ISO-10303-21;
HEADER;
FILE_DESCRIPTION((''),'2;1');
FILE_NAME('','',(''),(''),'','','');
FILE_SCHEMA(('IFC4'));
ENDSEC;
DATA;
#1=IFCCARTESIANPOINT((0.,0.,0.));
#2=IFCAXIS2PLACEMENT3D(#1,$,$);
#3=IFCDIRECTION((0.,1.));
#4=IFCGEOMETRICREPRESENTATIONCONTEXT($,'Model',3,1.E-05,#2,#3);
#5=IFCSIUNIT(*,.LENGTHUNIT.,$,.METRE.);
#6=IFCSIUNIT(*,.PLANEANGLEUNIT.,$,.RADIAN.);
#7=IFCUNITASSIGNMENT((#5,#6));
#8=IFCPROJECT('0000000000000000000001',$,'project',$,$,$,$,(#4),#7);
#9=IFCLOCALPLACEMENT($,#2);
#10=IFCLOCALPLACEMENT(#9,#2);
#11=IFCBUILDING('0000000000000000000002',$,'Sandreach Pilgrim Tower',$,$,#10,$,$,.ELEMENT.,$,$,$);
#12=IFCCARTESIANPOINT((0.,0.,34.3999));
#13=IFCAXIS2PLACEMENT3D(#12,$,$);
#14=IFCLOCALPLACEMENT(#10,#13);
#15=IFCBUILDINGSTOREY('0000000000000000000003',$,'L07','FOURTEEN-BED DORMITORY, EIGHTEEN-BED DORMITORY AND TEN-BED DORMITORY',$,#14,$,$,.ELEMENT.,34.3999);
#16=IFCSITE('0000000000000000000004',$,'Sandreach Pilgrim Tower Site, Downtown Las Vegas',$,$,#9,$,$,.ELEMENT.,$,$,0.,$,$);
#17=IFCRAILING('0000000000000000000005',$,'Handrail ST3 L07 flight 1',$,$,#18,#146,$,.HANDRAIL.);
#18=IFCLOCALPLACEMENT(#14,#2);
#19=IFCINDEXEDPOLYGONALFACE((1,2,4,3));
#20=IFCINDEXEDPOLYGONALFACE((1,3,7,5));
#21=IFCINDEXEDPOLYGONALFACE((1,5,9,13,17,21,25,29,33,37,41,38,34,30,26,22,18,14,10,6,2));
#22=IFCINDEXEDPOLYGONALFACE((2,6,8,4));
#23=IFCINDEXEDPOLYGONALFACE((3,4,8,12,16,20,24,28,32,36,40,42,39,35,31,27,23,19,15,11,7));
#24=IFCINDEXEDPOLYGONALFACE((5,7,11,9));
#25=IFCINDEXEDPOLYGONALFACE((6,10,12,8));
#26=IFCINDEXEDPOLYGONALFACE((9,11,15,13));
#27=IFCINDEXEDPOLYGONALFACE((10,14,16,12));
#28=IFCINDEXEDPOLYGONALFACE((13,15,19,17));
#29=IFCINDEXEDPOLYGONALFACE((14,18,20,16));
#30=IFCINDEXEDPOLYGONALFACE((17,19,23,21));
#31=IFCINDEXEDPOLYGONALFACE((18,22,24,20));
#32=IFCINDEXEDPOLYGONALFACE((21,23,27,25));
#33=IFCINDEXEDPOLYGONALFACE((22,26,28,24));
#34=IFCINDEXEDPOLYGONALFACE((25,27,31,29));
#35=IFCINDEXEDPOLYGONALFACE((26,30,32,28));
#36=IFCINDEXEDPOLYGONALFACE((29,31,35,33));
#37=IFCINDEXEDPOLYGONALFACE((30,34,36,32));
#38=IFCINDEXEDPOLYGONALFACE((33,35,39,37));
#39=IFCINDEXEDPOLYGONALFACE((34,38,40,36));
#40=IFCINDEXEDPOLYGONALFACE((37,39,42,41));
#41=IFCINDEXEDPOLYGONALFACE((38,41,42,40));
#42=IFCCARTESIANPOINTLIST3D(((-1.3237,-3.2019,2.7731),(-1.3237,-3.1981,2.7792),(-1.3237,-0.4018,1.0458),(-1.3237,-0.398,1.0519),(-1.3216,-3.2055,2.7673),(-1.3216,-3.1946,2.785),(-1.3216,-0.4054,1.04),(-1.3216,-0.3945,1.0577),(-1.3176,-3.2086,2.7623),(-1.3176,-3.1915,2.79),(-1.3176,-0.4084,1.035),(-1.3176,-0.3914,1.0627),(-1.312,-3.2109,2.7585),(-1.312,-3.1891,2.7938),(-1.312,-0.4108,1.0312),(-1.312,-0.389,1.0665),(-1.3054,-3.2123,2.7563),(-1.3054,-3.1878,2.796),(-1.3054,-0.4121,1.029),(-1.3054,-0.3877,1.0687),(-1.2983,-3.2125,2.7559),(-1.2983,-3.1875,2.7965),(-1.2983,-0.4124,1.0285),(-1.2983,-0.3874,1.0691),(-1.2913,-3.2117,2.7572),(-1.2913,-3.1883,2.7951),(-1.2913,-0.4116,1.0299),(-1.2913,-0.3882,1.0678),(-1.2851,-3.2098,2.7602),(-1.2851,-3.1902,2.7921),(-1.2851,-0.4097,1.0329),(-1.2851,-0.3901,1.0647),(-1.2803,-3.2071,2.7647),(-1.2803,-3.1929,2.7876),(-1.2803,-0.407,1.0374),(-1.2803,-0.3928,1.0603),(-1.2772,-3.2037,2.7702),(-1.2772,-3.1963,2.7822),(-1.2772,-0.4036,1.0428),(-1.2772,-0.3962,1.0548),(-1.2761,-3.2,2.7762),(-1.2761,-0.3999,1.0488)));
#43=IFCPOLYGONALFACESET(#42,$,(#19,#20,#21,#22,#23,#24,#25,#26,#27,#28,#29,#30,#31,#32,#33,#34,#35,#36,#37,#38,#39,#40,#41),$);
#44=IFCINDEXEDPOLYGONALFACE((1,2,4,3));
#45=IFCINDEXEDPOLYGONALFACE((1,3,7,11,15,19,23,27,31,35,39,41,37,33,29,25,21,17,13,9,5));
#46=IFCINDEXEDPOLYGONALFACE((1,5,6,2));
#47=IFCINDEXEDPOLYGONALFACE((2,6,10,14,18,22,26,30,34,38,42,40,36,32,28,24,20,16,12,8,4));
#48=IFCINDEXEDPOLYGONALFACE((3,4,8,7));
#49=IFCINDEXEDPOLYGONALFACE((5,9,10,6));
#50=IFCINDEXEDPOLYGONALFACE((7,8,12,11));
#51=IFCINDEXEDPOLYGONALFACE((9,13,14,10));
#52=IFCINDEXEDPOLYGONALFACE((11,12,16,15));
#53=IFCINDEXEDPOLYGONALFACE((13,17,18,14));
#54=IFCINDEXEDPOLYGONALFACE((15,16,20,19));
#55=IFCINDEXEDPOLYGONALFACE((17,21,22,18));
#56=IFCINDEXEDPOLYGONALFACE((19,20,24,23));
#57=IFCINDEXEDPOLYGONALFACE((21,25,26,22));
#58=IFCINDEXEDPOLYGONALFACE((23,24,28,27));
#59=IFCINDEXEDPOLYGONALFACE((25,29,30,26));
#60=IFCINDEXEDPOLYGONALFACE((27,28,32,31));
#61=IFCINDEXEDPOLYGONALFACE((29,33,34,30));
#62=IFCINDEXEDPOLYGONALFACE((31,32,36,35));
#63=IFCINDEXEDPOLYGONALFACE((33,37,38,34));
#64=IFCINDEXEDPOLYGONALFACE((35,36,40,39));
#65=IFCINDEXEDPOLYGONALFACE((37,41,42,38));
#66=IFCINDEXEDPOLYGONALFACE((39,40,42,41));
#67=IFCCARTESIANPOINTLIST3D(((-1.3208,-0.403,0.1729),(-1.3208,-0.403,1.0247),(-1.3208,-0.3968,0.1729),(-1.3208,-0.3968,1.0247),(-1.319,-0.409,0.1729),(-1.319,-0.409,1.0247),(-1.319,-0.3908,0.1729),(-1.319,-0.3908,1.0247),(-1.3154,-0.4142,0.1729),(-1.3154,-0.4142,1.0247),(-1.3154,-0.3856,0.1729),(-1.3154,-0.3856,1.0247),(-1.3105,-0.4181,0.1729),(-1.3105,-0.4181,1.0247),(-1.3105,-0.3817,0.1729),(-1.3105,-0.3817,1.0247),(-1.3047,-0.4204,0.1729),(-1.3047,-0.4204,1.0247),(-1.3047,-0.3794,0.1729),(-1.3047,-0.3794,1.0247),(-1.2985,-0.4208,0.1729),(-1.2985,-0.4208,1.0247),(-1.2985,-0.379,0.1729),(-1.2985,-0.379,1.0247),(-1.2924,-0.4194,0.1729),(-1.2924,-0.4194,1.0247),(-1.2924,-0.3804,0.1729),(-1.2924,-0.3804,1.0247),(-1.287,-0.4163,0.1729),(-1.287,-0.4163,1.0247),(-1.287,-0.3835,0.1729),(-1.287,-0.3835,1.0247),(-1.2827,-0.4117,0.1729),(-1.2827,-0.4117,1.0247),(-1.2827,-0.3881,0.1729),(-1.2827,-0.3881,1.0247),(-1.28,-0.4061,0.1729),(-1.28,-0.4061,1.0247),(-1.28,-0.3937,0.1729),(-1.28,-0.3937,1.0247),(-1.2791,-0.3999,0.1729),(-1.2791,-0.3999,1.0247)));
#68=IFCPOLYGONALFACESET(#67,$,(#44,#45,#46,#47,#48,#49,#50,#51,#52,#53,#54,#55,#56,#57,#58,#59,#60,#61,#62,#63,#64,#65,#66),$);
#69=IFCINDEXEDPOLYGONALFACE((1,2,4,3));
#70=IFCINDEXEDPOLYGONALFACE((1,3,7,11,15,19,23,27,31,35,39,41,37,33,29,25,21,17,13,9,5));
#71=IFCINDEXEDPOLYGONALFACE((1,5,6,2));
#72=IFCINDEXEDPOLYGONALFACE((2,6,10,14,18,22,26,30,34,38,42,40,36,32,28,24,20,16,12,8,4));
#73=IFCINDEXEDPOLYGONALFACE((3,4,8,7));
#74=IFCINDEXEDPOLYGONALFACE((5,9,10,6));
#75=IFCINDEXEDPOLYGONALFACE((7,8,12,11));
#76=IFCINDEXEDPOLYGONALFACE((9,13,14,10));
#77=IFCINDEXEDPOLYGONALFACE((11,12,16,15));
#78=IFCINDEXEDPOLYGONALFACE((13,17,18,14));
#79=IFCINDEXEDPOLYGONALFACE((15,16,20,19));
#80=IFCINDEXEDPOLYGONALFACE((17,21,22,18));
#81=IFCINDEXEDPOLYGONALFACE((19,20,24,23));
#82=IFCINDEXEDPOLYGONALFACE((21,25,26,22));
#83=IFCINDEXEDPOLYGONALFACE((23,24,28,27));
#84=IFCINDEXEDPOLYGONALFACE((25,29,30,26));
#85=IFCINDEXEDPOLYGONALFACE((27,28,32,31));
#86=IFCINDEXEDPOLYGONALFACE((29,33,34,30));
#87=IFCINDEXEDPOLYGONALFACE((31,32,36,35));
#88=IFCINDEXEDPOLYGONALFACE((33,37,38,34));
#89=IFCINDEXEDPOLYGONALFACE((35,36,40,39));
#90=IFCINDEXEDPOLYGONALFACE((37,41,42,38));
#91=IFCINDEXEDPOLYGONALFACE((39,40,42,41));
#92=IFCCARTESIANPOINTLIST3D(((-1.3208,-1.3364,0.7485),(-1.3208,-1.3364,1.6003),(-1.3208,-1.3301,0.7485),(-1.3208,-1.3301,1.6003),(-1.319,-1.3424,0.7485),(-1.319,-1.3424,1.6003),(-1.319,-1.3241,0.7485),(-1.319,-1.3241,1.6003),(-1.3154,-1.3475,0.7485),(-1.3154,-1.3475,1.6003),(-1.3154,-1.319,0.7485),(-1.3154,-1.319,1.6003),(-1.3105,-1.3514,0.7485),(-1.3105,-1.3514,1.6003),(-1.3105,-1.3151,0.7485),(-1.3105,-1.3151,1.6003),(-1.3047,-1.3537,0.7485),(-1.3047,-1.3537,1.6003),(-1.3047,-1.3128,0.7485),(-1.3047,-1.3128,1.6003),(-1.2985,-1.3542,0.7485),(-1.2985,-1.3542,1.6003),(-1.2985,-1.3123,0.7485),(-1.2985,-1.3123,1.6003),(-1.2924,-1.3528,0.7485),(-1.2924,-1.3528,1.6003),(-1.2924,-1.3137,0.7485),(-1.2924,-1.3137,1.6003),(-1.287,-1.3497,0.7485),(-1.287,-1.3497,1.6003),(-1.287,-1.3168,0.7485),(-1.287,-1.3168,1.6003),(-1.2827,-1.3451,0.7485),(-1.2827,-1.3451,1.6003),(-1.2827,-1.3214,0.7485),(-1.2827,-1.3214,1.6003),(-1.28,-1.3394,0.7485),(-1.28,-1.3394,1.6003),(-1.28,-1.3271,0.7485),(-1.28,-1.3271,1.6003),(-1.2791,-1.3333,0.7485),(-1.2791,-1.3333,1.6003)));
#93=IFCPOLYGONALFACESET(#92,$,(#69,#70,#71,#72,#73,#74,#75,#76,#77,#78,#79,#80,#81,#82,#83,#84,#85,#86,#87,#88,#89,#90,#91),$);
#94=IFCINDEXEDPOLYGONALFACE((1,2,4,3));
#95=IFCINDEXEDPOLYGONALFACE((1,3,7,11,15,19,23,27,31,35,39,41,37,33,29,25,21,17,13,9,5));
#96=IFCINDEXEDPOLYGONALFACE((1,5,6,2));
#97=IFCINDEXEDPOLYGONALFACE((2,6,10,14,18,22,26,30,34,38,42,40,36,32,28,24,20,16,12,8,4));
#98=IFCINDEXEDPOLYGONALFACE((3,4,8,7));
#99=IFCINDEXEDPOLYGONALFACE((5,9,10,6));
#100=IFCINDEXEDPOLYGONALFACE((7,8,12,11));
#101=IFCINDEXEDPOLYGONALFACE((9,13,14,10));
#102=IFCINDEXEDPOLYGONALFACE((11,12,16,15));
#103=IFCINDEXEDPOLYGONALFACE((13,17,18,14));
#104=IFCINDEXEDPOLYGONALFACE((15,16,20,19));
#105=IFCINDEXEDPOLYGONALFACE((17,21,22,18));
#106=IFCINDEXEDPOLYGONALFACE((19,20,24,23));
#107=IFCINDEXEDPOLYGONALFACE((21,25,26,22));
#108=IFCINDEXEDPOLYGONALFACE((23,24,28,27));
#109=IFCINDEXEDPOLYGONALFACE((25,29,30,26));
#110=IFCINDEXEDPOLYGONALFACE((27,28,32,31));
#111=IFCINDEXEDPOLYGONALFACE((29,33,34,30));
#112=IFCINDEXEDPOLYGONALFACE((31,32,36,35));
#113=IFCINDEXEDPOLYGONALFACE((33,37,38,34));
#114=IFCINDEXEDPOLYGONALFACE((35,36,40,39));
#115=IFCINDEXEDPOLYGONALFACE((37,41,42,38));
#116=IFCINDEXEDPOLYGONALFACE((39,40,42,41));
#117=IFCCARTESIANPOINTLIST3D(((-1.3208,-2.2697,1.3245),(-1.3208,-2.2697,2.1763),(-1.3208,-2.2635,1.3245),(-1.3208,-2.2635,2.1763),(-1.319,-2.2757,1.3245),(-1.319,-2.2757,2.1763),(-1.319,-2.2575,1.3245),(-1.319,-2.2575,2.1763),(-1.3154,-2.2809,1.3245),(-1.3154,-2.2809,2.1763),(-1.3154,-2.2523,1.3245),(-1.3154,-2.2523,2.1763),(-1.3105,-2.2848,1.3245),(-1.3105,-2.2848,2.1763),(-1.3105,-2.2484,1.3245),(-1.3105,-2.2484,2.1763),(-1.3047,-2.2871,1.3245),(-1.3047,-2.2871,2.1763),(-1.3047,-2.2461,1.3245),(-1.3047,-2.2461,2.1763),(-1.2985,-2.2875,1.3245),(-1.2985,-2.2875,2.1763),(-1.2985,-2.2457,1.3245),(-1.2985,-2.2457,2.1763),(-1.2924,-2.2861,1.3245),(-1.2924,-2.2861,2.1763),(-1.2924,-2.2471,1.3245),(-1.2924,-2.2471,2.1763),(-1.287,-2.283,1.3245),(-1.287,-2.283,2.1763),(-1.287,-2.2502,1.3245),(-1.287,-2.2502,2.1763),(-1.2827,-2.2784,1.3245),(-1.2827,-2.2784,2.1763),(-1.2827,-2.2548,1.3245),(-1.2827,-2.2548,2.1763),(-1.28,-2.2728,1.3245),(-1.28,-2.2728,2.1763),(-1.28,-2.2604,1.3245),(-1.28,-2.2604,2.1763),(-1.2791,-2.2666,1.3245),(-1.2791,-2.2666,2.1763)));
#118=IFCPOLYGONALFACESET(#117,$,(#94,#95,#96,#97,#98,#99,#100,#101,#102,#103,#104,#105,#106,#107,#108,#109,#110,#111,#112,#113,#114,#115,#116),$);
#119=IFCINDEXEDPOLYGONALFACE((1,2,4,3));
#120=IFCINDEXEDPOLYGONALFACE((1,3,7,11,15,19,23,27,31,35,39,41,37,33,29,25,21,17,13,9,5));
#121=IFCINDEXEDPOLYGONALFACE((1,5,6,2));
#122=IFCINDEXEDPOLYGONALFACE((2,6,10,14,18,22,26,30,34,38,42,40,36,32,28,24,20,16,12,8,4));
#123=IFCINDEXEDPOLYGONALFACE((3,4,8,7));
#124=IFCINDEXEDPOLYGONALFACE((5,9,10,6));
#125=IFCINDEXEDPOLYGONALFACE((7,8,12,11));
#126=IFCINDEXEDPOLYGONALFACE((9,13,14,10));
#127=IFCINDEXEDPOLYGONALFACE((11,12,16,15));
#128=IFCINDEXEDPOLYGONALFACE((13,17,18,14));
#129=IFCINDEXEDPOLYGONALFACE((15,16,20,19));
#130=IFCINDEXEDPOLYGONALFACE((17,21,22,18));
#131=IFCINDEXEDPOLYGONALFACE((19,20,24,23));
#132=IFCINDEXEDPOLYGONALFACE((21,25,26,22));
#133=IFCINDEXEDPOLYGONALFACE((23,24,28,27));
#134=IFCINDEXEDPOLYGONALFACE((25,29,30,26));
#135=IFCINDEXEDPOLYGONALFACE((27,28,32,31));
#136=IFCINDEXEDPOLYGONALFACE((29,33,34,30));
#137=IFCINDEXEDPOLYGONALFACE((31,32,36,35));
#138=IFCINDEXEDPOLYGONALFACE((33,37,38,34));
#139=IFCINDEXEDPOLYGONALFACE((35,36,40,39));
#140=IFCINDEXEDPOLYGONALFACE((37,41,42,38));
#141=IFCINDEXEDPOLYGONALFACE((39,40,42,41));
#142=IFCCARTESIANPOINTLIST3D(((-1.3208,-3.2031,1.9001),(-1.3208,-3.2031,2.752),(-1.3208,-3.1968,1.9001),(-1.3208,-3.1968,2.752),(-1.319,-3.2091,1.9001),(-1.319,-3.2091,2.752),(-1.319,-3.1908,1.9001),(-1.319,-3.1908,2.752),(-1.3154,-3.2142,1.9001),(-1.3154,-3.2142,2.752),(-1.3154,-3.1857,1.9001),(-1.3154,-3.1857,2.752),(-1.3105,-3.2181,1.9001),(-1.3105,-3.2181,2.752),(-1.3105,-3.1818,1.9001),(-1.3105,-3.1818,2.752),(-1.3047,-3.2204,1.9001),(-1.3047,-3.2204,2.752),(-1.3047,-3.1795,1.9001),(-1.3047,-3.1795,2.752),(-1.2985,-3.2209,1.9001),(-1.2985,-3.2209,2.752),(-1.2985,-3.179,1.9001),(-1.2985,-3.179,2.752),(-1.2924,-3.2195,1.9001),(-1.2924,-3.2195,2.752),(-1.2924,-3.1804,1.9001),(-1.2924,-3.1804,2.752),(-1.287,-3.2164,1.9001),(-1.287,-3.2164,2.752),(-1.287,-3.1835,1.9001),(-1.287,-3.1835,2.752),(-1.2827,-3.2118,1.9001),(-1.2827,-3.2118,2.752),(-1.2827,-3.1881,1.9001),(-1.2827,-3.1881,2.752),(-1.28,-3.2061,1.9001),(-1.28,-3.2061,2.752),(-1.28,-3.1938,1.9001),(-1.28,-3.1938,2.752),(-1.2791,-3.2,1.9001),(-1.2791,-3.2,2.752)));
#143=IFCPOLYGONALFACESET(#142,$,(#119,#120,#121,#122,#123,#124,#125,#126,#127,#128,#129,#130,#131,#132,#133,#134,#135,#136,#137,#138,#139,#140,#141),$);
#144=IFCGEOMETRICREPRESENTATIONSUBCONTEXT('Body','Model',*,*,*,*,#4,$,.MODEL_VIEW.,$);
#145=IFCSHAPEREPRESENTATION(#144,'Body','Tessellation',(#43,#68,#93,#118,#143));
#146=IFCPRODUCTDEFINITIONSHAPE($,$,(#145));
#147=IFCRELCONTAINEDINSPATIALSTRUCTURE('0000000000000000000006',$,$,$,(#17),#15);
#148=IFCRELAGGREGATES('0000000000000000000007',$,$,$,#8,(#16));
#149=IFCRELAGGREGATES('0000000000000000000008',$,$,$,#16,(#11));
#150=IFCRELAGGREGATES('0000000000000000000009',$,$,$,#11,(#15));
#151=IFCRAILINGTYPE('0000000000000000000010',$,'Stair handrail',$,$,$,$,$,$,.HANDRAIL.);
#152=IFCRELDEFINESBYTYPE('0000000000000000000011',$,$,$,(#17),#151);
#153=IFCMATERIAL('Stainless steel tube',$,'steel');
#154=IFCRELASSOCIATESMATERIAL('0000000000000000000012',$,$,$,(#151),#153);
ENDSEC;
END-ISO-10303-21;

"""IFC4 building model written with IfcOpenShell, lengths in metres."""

from ifc_helpers import new_model, si_unit, direction, frame, origin, origin_2d, place, context, subcontext, project, spatial, circle, extrude, material, type_object, element, save


model = new_model("IFC4")

# Units and contexts
model_context = context("Model", 3, precision=1e-05, world=origin(), true_north=direction((0.0, 1.0)))
body_context = subcontext(model_context, "Body", "Model", "MODEL_VIEW")
ifc_project = project(units=[si_unit("LENGTHUNIT", "METRE"), si_unit("PLANEANGLEUNIT", "RADIAN")], contexts=[model_context])

# Site, building, storey
site_placement = place(None, origin())
site = spatial("IfcSite", under=ifc_project, at=site_placement, Name="Sandreach Pilgrim Tower Site, Downtown Las Vegas", CompositionType="ELEMENT", RefElevation=0.0)
building_placement = place(site_placement, origin())
building = spatial("IfcBuilding", under=site, at=building_placement, Name="Sandreach Pilgrim Tower", CompositionType="ELEMENT")
storey_placement = place(building_placement, frame((0.0, 0.0, 34.3999)))
storey = spatial("IfcBuildingStorey", under=building, at=storey_placement, Name="L07", Description="FOURTEEN-BED DORMITORY, EIGHTEEN-BED DORMITORY AND TEN-BED DORMITORY", CompositionType="ELEMENT", Elevation=34.3999)

# Railing
ifc_material_1 = material(Name="Stainless steel tube", Category="steel")
railing_type = type_object("IfcRailingType", Name="Stair handrail", PredefinedType="HANDRAIL", material=ifc_material_1)
for number, where, name in (
    (1, (-1.3, -0.3999, 0.1729), "Handrail ST3 L07 flight 1"),
):
    element("IfcRailing", number, at=place(storey_placement, frame(where)), inside=storey, type_object=railing_type, Name=name, PredefinedType="HANDRAIL", context=body_context, shape_type="SweptSolid", body=[
        extrude(circle(Radius=0.0239, at=origin_2d()), frame((0.0, 0.0, 0.876), z_axis=(0.0, -0.85109, 0.52502), x_axis=(1.0, 0.0, 0.0)), (0.0, 0.0, 1.0), 3.29),
        extrude(circle(Radius=0.021, at=origin_2d()), origin(), (0.0, 0.0, 1.0), 0.8518),
        extrude(circle(Radius=0.021, at=origin_2d()), frame((0.0, -0.9333, 0.5757)), (0.0, 0.0, 1.0), 0.8518),
        extrude(circle(Radius=0.021, at=origin_2d()), frame((0.0, -1.8667, 1.1516)), (0.0, 0.0, 1.0), 0.8518),
        extrude(circle(Radius=0.021, at=origin_2d()), frame((0.0, -2.8, 1.7273)), (0.0, 0.0, 1.0), 0.8518),
    ])

save(model, "model.ifc")
